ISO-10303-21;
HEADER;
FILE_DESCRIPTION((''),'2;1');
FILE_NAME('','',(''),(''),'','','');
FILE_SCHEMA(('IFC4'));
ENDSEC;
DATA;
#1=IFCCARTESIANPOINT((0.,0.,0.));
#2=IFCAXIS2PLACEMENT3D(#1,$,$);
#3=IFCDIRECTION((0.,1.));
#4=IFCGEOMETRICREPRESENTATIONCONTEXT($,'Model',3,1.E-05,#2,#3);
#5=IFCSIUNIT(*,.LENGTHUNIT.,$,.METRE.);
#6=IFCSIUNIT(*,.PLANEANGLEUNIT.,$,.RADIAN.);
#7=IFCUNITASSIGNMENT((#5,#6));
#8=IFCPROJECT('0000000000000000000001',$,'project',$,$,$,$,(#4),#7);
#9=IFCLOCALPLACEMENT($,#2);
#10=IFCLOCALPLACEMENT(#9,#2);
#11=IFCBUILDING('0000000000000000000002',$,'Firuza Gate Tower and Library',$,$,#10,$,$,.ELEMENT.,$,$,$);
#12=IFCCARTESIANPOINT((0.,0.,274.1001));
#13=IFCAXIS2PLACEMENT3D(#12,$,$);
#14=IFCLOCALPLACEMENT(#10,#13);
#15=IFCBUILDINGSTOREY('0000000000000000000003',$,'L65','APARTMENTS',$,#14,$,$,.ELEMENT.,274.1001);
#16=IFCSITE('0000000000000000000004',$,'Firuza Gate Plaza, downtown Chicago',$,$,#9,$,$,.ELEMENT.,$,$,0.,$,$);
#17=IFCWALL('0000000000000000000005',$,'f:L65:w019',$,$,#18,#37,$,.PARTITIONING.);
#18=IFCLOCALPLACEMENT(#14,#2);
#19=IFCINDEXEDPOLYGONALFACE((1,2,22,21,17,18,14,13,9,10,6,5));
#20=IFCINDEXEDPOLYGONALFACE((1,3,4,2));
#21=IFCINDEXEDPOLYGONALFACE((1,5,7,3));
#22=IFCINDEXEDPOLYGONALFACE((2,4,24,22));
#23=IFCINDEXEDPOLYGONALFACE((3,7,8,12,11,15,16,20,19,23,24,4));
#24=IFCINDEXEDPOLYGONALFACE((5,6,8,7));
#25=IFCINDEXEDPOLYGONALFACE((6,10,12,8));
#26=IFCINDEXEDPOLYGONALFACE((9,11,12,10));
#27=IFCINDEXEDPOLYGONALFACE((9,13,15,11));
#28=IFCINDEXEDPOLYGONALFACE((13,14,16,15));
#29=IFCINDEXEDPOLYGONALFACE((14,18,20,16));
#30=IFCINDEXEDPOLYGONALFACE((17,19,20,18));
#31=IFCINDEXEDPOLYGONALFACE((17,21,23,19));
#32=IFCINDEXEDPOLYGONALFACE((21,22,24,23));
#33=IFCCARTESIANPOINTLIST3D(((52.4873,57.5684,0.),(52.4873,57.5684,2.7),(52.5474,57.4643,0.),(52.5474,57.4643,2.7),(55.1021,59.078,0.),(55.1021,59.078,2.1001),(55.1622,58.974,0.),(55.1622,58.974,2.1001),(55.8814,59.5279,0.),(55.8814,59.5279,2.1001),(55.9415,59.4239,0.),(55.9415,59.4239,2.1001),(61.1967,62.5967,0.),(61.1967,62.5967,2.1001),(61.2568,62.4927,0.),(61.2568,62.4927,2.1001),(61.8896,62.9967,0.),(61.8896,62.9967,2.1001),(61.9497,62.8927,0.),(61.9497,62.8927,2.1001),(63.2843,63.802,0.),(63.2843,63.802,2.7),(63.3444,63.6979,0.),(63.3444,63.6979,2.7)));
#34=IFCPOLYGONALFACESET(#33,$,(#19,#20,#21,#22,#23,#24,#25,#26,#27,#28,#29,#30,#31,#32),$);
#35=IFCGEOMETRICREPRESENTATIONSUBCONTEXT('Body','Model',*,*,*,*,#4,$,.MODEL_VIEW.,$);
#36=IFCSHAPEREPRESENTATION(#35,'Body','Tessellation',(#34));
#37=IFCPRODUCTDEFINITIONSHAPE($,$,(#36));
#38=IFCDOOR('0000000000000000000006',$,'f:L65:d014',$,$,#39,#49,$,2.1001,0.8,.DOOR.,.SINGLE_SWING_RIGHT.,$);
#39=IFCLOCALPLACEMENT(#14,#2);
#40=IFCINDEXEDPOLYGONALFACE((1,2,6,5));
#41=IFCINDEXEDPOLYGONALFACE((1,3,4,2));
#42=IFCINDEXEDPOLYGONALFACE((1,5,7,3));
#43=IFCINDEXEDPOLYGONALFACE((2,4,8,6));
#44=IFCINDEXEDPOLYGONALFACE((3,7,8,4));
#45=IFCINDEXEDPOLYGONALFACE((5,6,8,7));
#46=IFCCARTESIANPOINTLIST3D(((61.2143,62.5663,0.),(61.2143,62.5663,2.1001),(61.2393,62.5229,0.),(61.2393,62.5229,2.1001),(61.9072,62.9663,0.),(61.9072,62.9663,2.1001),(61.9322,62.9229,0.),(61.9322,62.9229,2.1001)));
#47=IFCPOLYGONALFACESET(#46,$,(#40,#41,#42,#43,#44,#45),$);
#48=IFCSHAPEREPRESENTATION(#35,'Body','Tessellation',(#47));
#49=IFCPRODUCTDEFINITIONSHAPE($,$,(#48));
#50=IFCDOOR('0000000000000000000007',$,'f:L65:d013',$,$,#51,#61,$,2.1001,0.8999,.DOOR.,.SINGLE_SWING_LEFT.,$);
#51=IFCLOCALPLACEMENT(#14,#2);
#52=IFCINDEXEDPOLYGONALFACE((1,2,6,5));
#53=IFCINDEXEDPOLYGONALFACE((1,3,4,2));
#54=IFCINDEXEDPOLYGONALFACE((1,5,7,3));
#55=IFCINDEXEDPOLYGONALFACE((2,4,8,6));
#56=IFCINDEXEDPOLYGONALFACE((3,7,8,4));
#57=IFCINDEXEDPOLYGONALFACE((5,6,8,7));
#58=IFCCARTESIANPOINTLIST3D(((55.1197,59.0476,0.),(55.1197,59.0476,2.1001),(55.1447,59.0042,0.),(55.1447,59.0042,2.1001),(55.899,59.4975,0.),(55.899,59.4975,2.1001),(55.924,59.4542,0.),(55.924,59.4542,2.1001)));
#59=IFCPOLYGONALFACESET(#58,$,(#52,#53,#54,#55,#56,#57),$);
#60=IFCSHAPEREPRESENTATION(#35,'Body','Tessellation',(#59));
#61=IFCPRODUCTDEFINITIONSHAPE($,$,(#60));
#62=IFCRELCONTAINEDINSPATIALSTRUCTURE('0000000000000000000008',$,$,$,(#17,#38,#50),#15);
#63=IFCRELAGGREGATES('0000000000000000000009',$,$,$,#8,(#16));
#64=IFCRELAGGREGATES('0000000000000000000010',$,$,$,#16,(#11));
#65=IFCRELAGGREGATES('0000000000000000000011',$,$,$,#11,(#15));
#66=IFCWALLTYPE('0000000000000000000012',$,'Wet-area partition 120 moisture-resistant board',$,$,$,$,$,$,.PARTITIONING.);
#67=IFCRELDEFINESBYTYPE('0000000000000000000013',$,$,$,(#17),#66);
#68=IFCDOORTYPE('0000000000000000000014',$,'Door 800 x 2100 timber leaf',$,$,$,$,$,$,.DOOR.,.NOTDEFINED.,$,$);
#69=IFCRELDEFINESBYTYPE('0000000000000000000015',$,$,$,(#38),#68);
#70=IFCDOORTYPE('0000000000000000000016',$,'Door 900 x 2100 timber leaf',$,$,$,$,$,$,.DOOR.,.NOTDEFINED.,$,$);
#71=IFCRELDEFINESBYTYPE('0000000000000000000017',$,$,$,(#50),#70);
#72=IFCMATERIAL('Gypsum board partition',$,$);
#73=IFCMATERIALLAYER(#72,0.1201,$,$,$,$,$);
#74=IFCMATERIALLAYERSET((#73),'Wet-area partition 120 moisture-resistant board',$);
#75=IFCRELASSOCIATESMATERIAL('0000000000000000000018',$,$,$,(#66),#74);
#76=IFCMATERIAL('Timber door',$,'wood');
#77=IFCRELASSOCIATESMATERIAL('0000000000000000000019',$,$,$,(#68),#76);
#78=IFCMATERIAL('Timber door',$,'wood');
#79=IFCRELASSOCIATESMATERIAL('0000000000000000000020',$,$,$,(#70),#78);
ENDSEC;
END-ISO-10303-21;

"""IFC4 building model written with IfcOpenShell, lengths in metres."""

from ifc_helpers import new_model, si_unit, direction, frame, frame_2d, origin, place, context, subcontext, project, spatial, rectangle, extrude, material, layer, layer_set, type_object, element, fill, save


model = new_model("IFC4")

# Units and contexts
model_context = context("Model", 3, precision=1e-05, world=origin(), true_north=direction((0.0, 1.0)))
body_context = subcontext(model_context, "Body", "Model", "MODEL_VIEW")
ifc_project = project(units=[si_unit("LENGTHUNIT", "METRE"), si_unit("PLANEANGLEUNIT", "RADIAN")], contexts=[model_context])

# Site, building, storey
site_placement = place(None, origin())
site = spatial("IfcSite", under=ifc_project, at=site_placement, Name="Firuza Gate Plaza, downtown Chicago", CompositionType="ELEMENT", RefElevation=0.0)
building_placement = place(site_placement, origin())
building = spatial("IfcBuilding", under=site, at=building_placement, Name="Firuza Gate Tower and Library", CompositionType="ELEMENT")
storey_placement = place(building_placement, frame((0.0, 0.0, 274.1001)))
storey = spatial("IfcBuildingStorey", under=building, at=storey_placement, Name="L65", Description="APARTMENTS", CompositionType="ELEMENT", Elevation=274.1001)

# Wall, openings, doors
ifc_material_1 = material(Name="Gypsum board partition")
ifc_layer_1 = layer(ifc_material_1, 0.1201)
ifc_layer_set_1 = layer_set([ifc_layer_1], Name="Wet-area partition 120 moisture-resistant board")
wall_type_1 = type_object("IfcWallType", Name="Wet-area partition 120 moisture-resistant board", PredefinedType="PARTITIONING", material=ifc_layer_set_1)
wall_1_placement = place(storey_placement, frame((52.5173, 57.5164, 0.0), z_axis=(0.0, 0.0, 1.0), x_axis=(0.866028, 0.499995, 0.0)))
wall_1 = element("IfcWall", 1, at=wall_1_placement, inside=storey, type_object=wall_type_1, Name="f:L65:w019", PredefinedType="PARTITIONING", context=body_context, shape_type="SweptSolid", body=[
    extrude(rectangle(XDim=12.4673, YDim=0.1201, at=frame_2d((6.2336, 0.0))), origin(), (0.0, 0.0, 1.0), 2.7),
])
opening_1_placement = place(wall_1_placement, frame((3.0193, 0.0, 0.0)))
opening_1 = element("IfcOpeningElement", 2, at=opening_1_placement, cuts=wall_1, PredefinedType="OPENING", context=body_context, shape_type="SweptSolid", body=[
    extrude(rectangle(XDim=0.8999, YDim=2.1001, at=frame_2d((0.45, 1.05))), frame((0.0, 0.0701, 0.0), z_axis=(0.0, -1.0, 0.0), x_axis=(1.0, 0.0, 0.0)), (0.0, 0.0, 1.0), 0.1401),
])
opening_2_placement = place(wall_1_placement, frame((10.0569, 0.0, 0.0)))
opening_2 = element("IfcOpeningElement", 3, at=opening_2_placement, cuts=wall_1, PredefinedType="OPENING", context=body_context, shape_type="SweptSolid", body=[
    extrude(rectangle(XDim=0.8, YDim=2.1001, at=frame_2d((0.3999, 1.05))), frame((0.0, 0.0701, 0.0), z_axis=(0.0, -1.0, 0.0), x_axis=(1.0, 0.0, 0.0)), (0.0, 0.0, 1.0), 0.1401),
])
ifc_material_2 = material(Name="Timber door", Category="wood")
door_type_1 = type_object("IfcDoorType", Name="Door 800 x 2100 timber leaf", OperationType="NOTDEFINED", PredefinedType="DOOR", material=ifc_material_2)
door_1_placement = place(opening_2_placement, origin())
door_1 = element("IfcDoor", 4, at=door_1_placement, inside=storey, type_object=door_type_1, Name="f:L65:d014", OperationType="SINGLE_SWING_RIGHT", OverallHeight=2.1001, OverallWidth=0.8, PredefinedType="DOOR", context=body_context, shape_type="SweptSolid", body=[
    extrude(rectangle(XDim=0.8, YDim=2.1001, at=frame_2d((0.3999, 1.05))), frame((0.0, 0.0249, 0.0), z_axis=(0.0, -1.0, 0.0), x_axis=(1.0, 0.0, 0.0)), (0.0, 0.0, 1.0), 0.05),
])
fill(opening_2, door_1)
ifc_material_3 = material(Name="Timber door", Category="wood")
door_type_2 = type_object("IfcDoorType", Name="Door 900 x 2100 timber leaf", OperationType="NOTDEFINED", PredefinedType="DOOR", material=ifc_material_3)
door_2_placement = place(opening_1_placement, origin())
door_2 = element("IfcDoor", 5, at=door_2_placement, inside=storey, type_object=door_type_2, Name="f:L65:d013", OperationType="SINGLE_SWING_LEFT", OverallHeight=2.1001, OverallWidth=0.8999, PredefinedType="DOOR", context=body_context, shape_type="SweptSolid", body=[
    extrude(rectangle(XDim=0.8999, YDim=2.1001, at=frame_2d((0.45, 1.05))), frame((0.0, 0.0249, 0.0), z_axis=(0.0, -1.0, 0.0), x_axis=(1.0, 0.0, 0.0)), (0.0, 0.0, 1.0), 0.05),
])
fill(opening_1, door_2)

save(model, "model.ifc")
